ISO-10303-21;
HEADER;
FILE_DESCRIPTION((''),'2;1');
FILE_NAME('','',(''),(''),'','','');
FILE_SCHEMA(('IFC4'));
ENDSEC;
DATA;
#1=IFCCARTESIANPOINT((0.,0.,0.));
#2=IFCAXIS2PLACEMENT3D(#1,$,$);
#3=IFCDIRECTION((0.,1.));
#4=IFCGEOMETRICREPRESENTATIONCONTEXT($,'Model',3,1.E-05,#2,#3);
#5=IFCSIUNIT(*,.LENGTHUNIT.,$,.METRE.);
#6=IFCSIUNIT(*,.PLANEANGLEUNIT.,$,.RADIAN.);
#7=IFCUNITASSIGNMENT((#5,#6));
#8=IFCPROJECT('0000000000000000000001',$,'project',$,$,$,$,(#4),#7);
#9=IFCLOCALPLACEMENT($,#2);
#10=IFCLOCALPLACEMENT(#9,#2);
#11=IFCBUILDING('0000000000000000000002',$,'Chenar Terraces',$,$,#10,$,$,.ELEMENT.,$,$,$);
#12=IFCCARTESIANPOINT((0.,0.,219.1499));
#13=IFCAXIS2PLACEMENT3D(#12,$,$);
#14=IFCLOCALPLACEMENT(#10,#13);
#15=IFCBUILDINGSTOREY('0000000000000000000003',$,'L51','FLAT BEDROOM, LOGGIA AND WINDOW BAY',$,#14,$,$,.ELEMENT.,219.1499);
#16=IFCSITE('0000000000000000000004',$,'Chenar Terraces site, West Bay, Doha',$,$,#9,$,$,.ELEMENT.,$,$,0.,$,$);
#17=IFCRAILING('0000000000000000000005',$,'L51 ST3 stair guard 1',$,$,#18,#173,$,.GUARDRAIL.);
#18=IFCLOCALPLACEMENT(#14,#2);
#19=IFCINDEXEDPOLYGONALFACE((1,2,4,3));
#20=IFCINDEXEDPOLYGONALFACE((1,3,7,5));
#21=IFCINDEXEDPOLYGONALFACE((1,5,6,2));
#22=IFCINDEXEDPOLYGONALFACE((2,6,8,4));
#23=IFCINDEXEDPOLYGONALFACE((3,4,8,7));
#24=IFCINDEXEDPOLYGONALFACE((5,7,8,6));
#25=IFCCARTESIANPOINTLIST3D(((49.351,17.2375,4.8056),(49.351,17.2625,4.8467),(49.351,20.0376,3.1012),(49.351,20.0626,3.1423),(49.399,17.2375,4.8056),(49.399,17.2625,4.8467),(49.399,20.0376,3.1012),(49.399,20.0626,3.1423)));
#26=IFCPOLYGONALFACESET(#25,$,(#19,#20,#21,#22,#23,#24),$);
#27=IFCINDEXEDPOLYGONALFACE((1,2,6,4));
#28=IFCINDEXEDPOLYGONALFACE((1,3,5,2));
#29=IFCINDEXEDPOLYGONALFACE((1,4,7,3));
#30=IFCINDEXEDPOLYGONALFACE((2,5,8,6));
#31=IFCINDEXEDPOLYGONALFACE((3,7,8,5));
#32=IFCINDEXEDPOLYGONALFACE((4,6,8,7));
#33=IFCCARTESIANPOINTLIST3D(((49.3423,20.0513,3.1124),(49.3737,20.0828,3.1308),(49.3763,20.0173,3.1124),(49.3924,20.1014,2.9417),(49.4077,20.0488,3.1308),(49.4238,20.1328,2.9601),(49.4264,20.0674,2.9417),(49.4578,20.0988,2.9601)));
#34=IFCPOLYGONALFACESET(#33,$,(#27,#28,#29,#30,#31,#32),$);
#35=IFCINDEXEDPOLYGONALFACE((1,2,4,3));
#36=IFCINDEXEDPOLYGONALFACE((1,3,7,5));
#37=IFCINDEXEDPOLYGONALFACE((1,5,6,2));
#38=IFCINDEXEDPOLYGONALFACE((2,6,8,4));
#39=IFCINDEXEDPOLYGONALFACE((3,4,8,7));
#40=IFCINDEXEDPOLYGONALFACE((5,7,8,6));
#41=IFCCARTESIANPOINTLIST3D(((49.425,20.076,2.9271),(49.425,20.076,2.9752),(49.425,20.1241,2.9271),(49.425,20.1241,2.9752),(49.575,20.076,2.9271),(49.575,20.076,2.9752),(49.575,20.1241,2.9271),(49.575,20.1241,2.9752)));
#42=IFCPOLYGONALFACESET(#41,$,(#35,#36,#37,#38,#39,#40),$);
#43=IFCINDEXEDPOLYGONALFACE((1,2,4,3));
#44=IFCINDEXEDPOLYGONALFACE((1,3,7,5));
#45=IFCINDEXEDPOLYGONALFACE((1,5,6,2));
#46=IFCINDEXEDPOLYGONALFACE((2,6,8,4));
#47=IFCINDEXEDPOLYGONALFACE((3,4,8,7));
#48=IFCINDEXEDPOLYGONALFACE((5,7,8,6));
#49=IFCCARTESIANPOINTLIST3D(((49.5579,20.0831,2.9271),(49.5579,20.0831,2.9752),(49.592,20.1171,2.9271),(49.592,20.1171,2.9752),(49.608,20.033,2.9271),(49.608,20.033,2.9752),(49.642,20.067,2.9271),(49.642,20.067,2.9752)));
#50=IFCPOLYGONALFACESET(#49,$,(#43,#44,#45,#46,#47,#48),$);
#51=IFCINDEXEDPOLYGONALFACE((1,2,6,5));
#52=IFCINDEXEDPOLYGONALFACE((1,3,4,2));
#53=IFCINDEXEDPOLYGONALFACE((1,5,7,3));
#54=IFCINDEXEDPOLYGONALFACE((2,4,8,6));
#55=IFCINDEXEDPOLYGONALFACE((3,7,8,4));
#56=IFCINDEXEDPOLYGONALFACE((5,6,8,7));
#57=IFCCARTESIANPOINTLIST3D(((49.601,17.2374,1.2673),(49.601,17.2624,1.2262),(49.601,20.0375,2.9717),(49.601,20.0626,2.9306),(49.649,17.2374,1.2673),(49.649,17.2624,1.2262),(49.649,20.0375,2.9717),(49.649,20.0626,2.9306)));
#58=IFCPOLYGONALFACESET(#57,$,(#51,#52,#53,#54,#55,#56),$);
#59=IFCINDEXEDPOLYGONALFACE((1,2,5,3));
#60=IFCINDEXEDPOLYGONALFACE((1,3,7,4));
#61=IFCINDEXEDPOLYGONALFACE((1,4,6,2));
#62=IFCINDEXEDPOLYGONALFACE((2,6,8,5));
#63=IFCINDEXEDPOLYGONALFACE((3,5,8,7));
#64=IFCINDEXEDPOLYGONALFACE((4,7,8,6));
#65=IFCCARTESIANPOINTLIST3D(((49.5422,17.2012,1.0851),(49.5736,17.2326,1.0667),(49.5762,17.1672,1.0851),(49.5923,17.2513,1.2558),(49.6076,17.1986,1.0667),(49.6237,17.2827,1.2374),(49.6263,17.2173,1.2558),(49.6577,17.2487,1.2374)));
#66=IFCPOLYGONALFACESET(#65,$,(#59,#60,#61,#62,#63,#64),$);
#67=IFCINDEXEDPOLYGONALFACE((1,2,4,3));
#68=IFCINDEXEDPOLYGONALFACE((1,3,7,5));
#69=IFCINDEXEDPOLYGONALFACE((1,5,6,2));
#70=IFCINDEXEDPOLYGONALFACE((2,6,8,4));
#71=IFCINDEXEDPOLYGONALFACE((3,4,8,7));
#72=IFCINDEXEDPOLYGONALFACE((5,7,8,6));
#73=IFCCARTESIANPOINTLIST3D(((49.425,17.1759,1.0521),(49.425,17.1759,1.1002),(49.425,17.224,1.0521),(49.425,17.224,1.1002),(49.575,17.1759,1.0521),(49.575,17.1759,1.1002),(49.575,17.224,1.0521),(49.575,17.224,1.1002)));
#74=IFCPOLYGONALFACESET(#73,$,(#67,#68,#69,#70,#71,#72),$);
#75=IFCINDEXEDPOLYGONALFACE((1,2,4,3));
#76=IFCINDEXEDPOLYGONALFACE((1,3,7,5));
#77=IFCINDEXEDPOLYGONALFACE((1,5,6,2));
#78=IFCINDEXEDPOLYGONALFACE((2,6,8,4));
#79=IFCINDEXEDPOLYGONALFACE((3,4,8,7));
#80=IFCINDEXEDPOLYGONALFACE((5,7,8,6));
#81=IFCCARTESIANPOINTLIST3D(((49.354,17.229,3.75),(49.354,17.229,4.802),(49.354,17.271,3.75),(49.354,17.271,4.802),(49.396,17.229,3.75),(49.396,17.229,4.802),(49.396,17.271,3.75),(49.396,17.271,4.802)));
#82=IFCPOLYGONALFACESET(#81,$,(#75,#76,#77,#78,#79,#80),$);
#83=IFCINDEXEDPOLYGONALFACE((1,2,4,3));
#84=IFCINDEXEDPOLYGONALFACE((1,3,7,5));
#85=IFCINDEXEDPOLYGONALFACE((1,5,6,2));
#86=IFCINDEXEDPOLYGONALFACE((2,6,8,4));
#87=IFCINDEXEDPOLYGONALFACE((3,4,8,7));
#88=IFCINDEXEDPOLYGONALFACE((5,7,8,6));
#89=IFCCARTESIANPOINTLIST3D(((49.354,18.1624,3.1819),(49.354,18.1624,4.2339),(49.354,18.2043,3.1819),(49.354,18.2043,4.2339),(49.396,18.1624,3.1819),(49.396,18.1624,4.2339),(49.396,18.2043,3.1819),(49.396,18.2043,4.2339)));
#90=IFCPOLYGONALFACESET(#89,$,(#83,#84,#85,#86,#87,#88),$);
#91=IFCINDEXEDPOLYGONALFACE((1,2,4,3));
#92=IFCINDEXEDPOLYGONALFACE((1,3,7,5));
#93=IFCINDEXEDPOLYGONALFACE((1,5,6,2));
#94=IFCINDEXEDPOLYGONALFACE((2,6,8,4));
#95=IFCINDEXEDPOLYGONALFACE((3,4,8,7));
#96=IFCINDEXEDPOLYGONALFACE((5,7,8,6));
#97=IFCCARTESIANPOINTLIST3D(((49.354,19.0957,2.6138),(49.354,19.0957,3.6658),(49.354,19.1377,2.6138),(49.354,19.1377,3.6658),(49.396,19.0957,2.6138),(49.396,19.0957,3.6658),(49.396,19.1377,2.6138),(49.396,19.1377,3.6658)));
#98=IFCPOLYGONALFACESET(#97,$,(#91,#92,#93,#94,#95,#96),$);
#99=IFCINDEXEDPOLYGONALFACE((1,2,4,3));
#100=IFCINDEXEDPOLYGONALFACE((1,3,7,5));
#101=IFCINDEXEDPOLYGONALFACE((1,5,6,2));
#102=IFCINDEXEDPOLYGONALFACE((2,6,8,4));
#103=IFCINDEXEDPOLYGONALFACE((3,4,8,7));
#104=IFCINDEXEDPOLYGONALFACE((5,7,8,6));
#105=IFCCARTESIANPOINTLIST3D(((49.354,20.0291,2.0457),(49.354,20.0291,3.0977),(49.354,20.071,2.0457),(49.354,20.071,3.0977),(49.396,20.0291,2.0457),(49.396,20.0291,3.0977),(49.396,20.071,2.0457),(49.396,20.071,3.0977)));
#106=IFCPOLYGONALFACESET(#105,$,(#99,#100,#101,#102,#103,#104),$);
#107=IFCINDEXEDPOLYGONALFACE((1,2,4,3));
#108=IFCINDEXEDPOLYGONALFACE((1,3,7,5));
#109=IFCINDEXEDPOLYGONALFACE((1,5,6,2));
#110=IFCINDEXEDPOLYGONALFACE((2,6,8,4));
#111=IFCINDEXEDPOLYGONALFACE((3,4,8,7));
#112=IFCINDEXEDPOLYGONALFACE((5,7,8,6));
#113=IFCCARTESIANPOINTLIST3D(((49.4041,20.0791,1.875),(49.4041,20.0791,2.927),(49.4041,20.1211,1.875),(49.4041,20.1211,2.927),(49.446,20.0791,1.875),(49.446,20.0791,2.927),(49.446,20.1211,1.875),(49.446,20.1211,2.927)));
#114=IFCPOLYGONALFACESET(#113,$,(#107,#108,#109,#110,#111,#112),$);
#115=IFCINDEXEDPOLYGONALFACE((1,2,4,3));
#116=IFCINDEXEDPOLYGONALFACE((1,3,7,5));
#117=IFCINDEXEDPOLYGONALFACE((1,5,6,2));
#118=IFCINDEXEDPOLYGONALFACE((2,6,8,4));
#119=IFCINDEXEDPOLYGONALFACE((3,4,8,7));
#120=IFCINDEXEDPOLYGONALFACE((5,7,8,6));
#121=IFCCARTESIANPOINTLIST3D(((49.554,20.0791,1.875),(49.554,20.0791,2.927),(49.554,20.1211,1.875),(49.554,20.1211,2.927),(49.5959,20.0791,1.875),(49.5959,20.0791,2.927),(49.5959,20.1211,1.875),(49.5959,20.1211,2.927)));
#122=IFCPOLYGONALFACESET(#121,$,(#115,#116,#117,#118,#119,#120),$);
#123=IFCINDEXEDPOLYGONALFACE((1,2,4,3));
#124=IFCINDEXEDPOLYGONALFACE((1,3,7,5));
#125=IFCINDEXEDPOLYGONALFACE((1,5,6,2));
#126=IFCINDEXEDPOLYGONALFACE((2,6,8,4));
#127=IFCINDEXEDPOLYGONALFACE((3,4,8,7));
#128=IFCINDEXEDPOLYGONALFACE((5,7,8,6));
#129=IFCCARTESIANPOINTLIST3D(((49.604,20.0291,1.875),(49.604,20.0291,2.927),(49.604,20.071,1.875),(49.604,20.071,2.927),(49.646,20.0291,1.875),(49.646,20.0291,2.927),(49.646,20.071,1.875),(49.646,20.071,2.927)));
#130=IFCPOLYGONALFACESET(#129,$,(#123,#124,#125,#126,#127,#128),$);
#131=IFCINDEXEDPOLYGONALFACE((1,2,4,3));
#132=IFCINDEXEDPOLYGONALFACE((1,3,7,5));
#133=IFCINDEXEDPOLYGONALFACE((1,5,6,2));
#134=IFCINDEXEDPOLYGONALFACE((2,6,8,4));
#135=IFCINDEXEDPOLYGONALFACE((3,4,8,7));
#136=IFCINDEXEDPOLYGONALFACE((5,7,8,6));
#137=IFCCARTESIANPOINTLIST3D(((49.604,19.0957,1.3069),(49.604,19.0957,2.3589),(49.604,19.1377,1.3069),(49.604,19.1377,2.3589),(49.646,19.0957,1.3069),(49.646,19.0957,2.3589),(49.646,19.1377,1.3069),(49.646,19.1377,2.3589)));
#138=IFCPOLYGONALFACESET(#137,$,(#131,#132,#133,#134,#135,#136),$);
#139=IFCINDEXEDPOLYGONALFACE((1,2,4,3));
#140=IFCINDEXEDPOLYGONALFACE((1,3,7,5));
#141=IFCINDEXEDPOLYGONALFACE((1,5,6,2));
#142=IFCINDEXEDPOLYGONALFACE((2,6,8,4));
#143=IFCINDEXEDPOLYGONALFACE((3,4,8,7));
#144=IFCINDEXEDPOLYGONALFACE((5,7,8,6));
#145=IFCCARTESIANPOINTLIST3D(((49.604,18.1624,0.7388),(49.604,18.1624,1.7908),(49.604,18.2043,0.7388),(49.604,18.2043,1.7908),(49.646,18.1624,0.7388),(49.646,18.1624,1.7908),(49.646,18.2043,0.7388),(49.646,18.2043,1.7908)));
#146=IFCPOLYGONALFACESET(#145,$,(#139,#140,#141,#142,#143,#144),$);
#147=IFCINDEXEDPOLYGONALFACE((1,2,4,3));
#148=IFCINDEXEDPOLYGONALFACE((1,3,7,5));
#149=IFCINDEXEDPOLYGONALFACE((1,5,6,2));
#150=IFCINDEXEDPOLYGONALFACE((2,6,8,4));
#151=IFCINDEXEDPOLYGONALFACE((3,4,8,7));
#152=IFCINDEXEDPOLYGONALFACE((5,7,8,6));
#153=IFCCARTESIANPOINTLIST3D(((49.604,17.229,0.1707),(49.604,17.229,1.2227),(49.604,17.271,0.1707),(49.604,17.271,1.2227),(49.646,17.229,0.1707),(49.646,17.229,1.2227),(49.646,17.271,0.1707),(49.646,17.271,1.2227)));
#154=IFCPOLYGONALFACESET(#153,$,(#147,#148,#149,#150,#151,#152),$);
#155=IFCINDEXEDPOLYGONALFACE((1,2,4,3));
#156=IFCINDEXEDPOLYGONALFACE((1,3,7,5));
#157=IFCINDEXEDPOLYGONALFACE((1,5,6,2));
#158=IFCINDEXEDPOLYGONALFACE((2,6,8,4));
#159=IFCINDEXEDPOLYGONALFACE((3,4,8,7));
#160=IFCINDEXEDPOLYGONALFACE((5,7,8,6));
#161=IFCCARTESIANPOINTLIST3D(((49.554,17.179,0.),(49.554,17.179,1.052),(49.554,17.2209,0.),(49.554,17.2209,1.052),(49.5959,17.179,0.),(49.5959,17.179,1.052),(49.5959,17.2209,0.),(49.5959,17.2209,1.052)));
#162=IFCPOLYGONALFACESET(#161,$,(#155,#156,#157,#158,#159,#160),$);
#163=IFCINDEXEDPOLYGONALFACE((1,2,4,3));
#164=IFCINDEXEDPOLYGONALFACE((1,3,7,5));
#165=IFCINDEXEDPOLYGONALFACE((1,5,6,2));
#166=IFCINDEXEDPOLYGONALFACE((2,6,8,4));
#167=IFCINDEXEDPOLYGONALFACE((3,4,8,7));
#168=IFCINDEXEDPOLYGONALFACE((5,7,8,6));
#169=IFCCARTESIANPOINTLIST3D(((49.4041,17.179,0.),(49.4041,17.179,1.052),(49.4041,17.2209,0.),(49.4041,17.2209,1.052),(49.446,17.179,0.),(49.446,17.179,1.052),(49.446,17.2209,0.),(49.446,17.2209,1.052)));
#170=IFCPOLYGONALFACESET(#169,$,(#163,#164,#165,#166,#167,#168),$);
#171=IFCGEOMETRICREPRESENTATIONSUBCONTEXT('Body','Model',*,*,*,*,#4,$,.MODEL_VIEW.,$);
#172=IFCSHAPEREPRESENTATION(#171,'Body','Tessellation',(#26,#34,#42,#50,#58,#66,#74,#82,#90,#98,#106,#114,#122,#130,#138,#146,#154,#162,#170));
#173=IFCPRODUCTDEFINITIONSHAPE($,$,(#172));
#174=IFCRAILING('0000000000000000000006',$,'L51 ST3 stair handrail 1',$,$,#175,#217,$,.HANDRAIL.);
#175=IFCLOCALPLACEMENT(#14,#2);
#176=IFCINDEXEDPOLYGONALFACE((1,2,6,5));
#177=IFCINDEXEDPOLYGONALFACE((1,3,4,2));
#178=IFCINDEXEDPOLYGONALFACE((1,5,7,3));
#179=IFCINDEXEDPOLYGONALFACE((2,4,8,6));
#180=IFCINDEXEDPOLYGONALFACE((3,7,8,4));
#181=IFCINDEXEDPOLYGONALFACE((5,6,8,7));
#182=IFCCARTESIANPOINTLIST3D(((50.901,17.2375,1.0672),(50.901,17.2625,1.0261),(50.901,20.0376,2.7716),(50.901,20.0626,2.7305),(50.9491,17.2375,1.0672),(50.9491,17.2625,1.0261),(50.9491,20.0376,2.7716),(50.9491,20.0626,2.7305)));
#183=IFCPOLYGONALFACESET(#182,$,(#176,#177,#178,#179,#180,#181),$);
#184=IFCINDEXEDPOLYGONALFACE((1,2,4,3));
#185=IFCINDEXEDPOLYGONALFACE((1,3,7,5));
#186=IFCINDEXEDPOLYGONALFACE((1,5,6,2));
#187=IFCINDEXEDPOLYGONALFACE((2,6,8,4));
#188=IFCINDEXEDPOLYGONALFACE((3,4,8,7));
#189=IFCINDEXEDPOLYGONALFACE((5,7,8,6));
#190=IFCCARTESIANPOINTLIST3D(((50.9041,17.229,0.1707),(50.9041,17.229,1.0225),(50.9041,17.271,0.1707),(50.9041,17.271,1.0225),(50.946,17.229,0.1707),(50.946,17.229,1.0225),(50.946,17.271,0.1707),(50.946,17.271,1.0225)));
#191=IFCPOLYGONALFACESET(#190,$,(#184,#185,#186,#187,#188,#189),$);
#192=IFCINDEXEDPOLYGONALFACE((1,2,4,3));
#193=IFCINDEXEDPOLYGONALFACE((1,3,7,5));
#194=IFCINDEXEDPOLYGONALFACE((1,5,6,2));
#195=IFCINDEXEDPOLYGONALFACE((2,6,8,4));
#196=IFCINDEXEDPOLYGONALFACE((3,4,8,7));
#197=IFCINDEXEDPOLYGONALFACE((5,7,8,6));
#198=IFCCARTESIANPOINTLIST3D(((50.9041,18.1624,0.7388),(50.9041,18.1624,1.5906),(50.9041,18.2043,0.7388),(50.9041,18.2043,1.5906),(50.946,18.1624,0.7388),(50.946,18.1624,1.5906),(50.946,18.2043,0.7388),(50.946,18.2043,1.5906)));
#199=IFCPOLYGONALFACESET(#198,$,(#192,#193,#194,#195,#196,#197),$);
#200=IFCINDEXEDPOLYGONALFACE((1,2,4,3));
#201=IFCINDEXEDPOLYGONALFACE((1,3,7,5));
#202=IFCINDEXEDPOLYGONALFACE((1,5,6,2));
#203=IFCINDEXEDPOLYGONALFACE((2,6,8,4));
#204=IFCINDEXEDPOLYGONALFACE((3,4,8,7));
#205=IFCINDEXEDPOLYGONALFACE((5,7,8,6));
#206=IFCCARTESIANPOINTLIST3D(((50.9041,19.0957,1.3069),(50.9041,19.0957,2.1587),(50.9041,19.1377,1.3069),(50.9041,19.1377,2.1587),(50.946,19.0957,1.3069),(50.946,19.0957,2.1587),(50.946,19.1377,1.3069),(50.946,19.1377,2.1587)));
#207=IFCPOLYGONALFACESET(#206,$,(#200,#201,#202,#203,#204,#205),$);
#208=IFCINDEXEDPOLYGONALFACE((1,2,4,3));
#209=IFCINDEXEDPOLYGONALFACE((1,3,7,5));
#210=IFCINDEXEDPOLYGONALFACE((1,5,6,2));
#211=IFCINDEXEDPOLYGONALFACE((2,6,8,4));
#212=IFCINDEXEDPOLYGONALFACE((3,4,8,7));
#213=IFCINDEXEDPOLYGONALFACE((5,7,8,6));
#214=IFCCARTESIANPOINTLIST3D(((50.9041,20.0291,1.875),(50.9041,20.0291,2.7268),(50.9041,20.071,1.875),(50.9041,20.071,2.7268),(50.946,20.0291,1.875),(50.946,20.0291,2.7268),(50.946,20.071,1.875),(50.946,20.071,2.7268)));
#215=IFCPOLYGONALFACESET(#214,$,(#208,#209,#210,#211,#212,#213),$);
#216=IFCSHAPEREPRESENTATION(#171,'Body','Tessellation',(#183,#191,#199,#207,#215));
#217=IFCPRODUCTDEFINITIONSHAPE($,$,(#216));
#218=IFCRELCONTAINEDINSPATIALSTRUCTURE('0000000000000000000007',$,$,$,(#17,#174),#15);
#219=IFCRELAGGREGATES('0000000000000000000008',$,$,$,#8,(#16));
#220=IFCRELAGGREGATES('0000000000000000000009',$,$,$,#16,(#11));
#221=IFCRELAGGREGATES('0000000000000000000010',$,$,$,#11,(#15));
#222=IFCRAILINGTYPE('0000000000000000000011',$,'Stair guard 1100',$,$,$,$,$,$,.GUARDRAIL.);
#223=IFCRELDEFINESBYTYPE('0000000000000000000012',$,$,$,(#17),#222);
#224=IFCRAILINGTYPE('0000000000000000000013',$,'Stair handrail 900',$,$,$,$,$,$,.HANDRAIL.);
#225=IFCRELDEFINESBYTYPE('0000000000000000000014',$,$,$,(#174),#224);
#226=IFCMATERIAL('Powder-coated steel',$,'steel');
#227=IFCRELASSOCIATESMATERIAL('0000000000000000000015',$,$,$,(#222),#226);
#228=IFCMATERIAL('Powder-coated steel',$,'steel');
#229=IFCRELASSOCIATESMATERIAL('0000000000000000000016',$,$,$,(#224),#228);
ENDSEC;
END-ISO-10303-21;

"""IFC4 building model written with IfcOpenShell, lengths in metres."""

from ifc_helpers import new_model, si_unit, direction, frame, origin, origin_2d, place, context, subcontext, project, spatial, rectangle, extrude, material, type_object, element, save


model = new_model("IFC4")

# Units and contexts
model_context = context("Model", 3, precision=1e-05, world=origin(), true_north=direction((0.0, 1.0)))
body_context = subcontext(model_context, "Body", "Model", "MODEL_VIEW")
ifc_project = project(units=[si_unit("LENGTHUNIT", "METRE"), si_unit("PLANEANGLEUNIT", "RADIAN")], contexts=[model_context])

# Site, building, storey
site_placement = place(None, origin())
site = spatial("IfcSite", under=ifc_project, at=site_placement, Name="Chenar Terraces site, West Bay, Doha", CompositionType="ELEMENT", RefElevation=0.0)
building_placement = place(site_placement, origin())
building = spatial("IfcBuilding", under=site, at=building_placement, Name="Chenar Terraces", CompositionType="ELEMENT")
storey_placement = place(building_placement, frame((0.0, 0.0, 219.1499)))
storey = spatial("IfcBuildingStorey", under=building, at=storey_placement, Name="L51", Description="FLAT BEDROOM, LOGGIA AND WINDOW BAY", CompositionType="ELEMENT", Elevation=219.1499)

# Railings
ifc_material_1 = material(Name="Powder-coated steel", Category="steel")
railing_type_1 = type_object("IfcRailingType", Name="Stair guard 1100", PredefinedType="GUARDRAIL", material=ifc_material_1)
railing_1_placement = place(storey_placement, frame((49.375, 17.25, 3.75)))
element("IfcRailing", 1, at=railing_1_placement, inside=storey, type_object=railing_type_1, Name="L51 ST3 stair guard 1", PredefinedType="GUARDRAIL", context=body_context, shape_type="SweptSolid", body=[
    extrude(rectangle(XDim=0.0481, YDim=0.0481, at=origin_2d()), frame((0.0, 0.0, 1.0762), z_axis=(0.0, 0.854203, -0.51994), x_axis=(-1.0, 0.0, 0.0)), (0.0, 0.0, 1.0), 3.2781),
    extrude(rectangle(XDim=0.0481, YDim=0.0481, at=origin_2d()), frame((0.0, 2.8, -0.6284), z_axis=(0.2709, 0.2709, -0.923703), x_axis=(-0.707107, 0.707107, 0.0)), (0.0, 0.0, 1.0), 0.1848),
    extrude(rectangle(XDim=0.0481, YDim=0.0481, at=origin_2d()), frame((0.05, 2.8501, -0.7988), z_axis=(1.0, 0.0, 0.0), x_axis=(0.0, 1.0, 0.0)), (0.0, 0.0, 1.0), 0.1499),
    extrude(rectangle(XDim=0.0481, YDim=0.0481, at=origin_2d()), frame((0.2, 2.8501, -0.7988), z_axis=(0.707107, -0.707107, 0.0), x_axis=(0.707107, 0.707107, 0.0)), (0.0, 0.0, 1.0), 0.0708),
    extrude(rectangle(XDim=0.0481, YDim=0.0481, at=origin_2d()), frame((0.25, 2.8, -0.7988), z_axis=(0.0, -0.854203, -0.51994), x_axis=(1.0, 0.0, 0.0)), (0.0, 0.0, 1.0), 3.2781),
    extrude(rectangle(XDim=0.0481, YDim=0.0481, at=origin_2d()), frame((0.25, 0.0, -2.5034), z_axis=(-0.2709, -0.2709, -0.923703), x_axis=(0.707107, -0.707107, 0.0)), (0.0, 0.0, 1.0), 0.1848),
    extrude(rectangle(XDim=0.0481, YDim=0.0481, at=origin_2d()), frame((0.2, -0.05, -2.6738), z_axis=(-1.0, 0.0, 0.0), x_axis=(0.0, -1.0, 0.0)), (0.0, 0.0, 1.0), 0.1499),
    extrude(rectangle(XDim=0.042, YDim=0.042, at=origin_2d()), origin(), (0.0, 0.0, 1.0), 1.052),
    extrude(rectangle(XDim=0.042, YDim=0.042, at=origin_2d()), frame((0.0, 0.9333, -0.5681)), (0.0, 0.0, 1.0), 1.052),
    extrude(rectangle(XDim=0.042, YDim=0.042, at=origin_2d()), frame((0.0, 1.8667, -1.1362)), (0.0, 0.0, 1.0), 1.052),
    extrude(rectangle(XDim=0.042, YDim=0.042, at=origin_2d()), frame((0.0, 2.8, -1.7043)), (0.0, 0.0, 1.0), 1.052),
    extrude(rectangle(XDim=0.042, YDim=0.042, at=origin_2d()), frame((0.05, 2.8501, -1.875)), (0.0, 0.0, 1.0), 1.052),
    extrude(rectangle(XDim=0.042, YDim=0.042, at=origin_2d()), frame((0.2, 2.8501, -1.875)), (0.0, 0.0, 1.0), 1.052),
    extrude(rectangle(XDim=0.042, YDim=0.042, at=origin_2d()), frame((0.25, 2.8, -1.875)), (0.0, 0.0, 1.0), 1.052),
    extrude(rectangle(XDim=0.042, YDim=0.042, at=origin_2d()), frame((0.25, 1.8667, -2.4431)), (0.0, 0.0, 1.0), 1.052),
    extrude(rectangle(XDim=0.042, YDim=0.042, at=origin_2d()), frame((0.25, 0.9333, -3.0112)), (0.0, 0.0, 1.0), 1.052),
    extrude(rectangle(XDim=0.042, YDim=0.042, at=origin_2d()), frame((0.25, 0.0, -3.5793)), (0.0, 0.0, 1.0), 1.052),
    extrude(rectangle(XDim=0.042, YDim=0.042, at=origin_2d()), frame((0.2, -0.05, -3.75)), (0.0, 0.0, 1.0), 1.052),
    extrude(rectangle(XDim=0.042, YDim=0.042, at=origin_2d()), frame((0.05, -0.05, -3.75)), (0.0, 0.0, 1.0), 1.052),
])
ifc_material_2 = material(Name="Powder-coated steel", Category="steel")
railing_type_2 = type_object("IfcRailingType", Name="Stair handrail 900", PredefinedType="HANDRAIL", material=ifc_material_2)
railing_2_placement = place(storey_placement, frame((50.925, 17.25, 0.1707)))
element("IfcRailing", 2, at=railing_2_placement, inside=storey, type_object=railing_type_2, Name="L51 ST3 stair handrail 1", PredefinedType="HANDRAIL", context=body_context, shape_type="SweptSolid", body=[
    extrude(rectangle(XDim=0.0481, YDim=0.0481, at=origin_2d()), frame((0.0, 0.0, 0.876), z_axis=(0.0, 0.854203, 0.51994), x_axis=(-1.0, 0.0, 0.0)), (0.0, 0.0, 1.0), 3.2781),
    extrude(rectangle(XDim=0.042, YDim=0.042, at=origin_2d()), origin(), (0.0, 0.0, 1.0), 0.8518),
    extrude(rectangle(XDim=0.042, YDim=0.042, at=origin_2d()), frame((0.0, 0.9333, 0.5681)), (0.0, 0.0, 1.0), 0.8518),
    extrude(rectangle(XDim=0.042, YDim=0.042, at=origin_2d()), frame((0.0, 1.8667, 1.1362)), (0.0, 0.0, 1.0), 0.8518),
    extrude(rectangle(XDim=0.042, YDim=0.042, at=origin_2d()), frame((0.0, 2.8, 1.7043)), (0.0, 0.0, 1.0), 0.8518),
])

save(model, "model.ifc")
